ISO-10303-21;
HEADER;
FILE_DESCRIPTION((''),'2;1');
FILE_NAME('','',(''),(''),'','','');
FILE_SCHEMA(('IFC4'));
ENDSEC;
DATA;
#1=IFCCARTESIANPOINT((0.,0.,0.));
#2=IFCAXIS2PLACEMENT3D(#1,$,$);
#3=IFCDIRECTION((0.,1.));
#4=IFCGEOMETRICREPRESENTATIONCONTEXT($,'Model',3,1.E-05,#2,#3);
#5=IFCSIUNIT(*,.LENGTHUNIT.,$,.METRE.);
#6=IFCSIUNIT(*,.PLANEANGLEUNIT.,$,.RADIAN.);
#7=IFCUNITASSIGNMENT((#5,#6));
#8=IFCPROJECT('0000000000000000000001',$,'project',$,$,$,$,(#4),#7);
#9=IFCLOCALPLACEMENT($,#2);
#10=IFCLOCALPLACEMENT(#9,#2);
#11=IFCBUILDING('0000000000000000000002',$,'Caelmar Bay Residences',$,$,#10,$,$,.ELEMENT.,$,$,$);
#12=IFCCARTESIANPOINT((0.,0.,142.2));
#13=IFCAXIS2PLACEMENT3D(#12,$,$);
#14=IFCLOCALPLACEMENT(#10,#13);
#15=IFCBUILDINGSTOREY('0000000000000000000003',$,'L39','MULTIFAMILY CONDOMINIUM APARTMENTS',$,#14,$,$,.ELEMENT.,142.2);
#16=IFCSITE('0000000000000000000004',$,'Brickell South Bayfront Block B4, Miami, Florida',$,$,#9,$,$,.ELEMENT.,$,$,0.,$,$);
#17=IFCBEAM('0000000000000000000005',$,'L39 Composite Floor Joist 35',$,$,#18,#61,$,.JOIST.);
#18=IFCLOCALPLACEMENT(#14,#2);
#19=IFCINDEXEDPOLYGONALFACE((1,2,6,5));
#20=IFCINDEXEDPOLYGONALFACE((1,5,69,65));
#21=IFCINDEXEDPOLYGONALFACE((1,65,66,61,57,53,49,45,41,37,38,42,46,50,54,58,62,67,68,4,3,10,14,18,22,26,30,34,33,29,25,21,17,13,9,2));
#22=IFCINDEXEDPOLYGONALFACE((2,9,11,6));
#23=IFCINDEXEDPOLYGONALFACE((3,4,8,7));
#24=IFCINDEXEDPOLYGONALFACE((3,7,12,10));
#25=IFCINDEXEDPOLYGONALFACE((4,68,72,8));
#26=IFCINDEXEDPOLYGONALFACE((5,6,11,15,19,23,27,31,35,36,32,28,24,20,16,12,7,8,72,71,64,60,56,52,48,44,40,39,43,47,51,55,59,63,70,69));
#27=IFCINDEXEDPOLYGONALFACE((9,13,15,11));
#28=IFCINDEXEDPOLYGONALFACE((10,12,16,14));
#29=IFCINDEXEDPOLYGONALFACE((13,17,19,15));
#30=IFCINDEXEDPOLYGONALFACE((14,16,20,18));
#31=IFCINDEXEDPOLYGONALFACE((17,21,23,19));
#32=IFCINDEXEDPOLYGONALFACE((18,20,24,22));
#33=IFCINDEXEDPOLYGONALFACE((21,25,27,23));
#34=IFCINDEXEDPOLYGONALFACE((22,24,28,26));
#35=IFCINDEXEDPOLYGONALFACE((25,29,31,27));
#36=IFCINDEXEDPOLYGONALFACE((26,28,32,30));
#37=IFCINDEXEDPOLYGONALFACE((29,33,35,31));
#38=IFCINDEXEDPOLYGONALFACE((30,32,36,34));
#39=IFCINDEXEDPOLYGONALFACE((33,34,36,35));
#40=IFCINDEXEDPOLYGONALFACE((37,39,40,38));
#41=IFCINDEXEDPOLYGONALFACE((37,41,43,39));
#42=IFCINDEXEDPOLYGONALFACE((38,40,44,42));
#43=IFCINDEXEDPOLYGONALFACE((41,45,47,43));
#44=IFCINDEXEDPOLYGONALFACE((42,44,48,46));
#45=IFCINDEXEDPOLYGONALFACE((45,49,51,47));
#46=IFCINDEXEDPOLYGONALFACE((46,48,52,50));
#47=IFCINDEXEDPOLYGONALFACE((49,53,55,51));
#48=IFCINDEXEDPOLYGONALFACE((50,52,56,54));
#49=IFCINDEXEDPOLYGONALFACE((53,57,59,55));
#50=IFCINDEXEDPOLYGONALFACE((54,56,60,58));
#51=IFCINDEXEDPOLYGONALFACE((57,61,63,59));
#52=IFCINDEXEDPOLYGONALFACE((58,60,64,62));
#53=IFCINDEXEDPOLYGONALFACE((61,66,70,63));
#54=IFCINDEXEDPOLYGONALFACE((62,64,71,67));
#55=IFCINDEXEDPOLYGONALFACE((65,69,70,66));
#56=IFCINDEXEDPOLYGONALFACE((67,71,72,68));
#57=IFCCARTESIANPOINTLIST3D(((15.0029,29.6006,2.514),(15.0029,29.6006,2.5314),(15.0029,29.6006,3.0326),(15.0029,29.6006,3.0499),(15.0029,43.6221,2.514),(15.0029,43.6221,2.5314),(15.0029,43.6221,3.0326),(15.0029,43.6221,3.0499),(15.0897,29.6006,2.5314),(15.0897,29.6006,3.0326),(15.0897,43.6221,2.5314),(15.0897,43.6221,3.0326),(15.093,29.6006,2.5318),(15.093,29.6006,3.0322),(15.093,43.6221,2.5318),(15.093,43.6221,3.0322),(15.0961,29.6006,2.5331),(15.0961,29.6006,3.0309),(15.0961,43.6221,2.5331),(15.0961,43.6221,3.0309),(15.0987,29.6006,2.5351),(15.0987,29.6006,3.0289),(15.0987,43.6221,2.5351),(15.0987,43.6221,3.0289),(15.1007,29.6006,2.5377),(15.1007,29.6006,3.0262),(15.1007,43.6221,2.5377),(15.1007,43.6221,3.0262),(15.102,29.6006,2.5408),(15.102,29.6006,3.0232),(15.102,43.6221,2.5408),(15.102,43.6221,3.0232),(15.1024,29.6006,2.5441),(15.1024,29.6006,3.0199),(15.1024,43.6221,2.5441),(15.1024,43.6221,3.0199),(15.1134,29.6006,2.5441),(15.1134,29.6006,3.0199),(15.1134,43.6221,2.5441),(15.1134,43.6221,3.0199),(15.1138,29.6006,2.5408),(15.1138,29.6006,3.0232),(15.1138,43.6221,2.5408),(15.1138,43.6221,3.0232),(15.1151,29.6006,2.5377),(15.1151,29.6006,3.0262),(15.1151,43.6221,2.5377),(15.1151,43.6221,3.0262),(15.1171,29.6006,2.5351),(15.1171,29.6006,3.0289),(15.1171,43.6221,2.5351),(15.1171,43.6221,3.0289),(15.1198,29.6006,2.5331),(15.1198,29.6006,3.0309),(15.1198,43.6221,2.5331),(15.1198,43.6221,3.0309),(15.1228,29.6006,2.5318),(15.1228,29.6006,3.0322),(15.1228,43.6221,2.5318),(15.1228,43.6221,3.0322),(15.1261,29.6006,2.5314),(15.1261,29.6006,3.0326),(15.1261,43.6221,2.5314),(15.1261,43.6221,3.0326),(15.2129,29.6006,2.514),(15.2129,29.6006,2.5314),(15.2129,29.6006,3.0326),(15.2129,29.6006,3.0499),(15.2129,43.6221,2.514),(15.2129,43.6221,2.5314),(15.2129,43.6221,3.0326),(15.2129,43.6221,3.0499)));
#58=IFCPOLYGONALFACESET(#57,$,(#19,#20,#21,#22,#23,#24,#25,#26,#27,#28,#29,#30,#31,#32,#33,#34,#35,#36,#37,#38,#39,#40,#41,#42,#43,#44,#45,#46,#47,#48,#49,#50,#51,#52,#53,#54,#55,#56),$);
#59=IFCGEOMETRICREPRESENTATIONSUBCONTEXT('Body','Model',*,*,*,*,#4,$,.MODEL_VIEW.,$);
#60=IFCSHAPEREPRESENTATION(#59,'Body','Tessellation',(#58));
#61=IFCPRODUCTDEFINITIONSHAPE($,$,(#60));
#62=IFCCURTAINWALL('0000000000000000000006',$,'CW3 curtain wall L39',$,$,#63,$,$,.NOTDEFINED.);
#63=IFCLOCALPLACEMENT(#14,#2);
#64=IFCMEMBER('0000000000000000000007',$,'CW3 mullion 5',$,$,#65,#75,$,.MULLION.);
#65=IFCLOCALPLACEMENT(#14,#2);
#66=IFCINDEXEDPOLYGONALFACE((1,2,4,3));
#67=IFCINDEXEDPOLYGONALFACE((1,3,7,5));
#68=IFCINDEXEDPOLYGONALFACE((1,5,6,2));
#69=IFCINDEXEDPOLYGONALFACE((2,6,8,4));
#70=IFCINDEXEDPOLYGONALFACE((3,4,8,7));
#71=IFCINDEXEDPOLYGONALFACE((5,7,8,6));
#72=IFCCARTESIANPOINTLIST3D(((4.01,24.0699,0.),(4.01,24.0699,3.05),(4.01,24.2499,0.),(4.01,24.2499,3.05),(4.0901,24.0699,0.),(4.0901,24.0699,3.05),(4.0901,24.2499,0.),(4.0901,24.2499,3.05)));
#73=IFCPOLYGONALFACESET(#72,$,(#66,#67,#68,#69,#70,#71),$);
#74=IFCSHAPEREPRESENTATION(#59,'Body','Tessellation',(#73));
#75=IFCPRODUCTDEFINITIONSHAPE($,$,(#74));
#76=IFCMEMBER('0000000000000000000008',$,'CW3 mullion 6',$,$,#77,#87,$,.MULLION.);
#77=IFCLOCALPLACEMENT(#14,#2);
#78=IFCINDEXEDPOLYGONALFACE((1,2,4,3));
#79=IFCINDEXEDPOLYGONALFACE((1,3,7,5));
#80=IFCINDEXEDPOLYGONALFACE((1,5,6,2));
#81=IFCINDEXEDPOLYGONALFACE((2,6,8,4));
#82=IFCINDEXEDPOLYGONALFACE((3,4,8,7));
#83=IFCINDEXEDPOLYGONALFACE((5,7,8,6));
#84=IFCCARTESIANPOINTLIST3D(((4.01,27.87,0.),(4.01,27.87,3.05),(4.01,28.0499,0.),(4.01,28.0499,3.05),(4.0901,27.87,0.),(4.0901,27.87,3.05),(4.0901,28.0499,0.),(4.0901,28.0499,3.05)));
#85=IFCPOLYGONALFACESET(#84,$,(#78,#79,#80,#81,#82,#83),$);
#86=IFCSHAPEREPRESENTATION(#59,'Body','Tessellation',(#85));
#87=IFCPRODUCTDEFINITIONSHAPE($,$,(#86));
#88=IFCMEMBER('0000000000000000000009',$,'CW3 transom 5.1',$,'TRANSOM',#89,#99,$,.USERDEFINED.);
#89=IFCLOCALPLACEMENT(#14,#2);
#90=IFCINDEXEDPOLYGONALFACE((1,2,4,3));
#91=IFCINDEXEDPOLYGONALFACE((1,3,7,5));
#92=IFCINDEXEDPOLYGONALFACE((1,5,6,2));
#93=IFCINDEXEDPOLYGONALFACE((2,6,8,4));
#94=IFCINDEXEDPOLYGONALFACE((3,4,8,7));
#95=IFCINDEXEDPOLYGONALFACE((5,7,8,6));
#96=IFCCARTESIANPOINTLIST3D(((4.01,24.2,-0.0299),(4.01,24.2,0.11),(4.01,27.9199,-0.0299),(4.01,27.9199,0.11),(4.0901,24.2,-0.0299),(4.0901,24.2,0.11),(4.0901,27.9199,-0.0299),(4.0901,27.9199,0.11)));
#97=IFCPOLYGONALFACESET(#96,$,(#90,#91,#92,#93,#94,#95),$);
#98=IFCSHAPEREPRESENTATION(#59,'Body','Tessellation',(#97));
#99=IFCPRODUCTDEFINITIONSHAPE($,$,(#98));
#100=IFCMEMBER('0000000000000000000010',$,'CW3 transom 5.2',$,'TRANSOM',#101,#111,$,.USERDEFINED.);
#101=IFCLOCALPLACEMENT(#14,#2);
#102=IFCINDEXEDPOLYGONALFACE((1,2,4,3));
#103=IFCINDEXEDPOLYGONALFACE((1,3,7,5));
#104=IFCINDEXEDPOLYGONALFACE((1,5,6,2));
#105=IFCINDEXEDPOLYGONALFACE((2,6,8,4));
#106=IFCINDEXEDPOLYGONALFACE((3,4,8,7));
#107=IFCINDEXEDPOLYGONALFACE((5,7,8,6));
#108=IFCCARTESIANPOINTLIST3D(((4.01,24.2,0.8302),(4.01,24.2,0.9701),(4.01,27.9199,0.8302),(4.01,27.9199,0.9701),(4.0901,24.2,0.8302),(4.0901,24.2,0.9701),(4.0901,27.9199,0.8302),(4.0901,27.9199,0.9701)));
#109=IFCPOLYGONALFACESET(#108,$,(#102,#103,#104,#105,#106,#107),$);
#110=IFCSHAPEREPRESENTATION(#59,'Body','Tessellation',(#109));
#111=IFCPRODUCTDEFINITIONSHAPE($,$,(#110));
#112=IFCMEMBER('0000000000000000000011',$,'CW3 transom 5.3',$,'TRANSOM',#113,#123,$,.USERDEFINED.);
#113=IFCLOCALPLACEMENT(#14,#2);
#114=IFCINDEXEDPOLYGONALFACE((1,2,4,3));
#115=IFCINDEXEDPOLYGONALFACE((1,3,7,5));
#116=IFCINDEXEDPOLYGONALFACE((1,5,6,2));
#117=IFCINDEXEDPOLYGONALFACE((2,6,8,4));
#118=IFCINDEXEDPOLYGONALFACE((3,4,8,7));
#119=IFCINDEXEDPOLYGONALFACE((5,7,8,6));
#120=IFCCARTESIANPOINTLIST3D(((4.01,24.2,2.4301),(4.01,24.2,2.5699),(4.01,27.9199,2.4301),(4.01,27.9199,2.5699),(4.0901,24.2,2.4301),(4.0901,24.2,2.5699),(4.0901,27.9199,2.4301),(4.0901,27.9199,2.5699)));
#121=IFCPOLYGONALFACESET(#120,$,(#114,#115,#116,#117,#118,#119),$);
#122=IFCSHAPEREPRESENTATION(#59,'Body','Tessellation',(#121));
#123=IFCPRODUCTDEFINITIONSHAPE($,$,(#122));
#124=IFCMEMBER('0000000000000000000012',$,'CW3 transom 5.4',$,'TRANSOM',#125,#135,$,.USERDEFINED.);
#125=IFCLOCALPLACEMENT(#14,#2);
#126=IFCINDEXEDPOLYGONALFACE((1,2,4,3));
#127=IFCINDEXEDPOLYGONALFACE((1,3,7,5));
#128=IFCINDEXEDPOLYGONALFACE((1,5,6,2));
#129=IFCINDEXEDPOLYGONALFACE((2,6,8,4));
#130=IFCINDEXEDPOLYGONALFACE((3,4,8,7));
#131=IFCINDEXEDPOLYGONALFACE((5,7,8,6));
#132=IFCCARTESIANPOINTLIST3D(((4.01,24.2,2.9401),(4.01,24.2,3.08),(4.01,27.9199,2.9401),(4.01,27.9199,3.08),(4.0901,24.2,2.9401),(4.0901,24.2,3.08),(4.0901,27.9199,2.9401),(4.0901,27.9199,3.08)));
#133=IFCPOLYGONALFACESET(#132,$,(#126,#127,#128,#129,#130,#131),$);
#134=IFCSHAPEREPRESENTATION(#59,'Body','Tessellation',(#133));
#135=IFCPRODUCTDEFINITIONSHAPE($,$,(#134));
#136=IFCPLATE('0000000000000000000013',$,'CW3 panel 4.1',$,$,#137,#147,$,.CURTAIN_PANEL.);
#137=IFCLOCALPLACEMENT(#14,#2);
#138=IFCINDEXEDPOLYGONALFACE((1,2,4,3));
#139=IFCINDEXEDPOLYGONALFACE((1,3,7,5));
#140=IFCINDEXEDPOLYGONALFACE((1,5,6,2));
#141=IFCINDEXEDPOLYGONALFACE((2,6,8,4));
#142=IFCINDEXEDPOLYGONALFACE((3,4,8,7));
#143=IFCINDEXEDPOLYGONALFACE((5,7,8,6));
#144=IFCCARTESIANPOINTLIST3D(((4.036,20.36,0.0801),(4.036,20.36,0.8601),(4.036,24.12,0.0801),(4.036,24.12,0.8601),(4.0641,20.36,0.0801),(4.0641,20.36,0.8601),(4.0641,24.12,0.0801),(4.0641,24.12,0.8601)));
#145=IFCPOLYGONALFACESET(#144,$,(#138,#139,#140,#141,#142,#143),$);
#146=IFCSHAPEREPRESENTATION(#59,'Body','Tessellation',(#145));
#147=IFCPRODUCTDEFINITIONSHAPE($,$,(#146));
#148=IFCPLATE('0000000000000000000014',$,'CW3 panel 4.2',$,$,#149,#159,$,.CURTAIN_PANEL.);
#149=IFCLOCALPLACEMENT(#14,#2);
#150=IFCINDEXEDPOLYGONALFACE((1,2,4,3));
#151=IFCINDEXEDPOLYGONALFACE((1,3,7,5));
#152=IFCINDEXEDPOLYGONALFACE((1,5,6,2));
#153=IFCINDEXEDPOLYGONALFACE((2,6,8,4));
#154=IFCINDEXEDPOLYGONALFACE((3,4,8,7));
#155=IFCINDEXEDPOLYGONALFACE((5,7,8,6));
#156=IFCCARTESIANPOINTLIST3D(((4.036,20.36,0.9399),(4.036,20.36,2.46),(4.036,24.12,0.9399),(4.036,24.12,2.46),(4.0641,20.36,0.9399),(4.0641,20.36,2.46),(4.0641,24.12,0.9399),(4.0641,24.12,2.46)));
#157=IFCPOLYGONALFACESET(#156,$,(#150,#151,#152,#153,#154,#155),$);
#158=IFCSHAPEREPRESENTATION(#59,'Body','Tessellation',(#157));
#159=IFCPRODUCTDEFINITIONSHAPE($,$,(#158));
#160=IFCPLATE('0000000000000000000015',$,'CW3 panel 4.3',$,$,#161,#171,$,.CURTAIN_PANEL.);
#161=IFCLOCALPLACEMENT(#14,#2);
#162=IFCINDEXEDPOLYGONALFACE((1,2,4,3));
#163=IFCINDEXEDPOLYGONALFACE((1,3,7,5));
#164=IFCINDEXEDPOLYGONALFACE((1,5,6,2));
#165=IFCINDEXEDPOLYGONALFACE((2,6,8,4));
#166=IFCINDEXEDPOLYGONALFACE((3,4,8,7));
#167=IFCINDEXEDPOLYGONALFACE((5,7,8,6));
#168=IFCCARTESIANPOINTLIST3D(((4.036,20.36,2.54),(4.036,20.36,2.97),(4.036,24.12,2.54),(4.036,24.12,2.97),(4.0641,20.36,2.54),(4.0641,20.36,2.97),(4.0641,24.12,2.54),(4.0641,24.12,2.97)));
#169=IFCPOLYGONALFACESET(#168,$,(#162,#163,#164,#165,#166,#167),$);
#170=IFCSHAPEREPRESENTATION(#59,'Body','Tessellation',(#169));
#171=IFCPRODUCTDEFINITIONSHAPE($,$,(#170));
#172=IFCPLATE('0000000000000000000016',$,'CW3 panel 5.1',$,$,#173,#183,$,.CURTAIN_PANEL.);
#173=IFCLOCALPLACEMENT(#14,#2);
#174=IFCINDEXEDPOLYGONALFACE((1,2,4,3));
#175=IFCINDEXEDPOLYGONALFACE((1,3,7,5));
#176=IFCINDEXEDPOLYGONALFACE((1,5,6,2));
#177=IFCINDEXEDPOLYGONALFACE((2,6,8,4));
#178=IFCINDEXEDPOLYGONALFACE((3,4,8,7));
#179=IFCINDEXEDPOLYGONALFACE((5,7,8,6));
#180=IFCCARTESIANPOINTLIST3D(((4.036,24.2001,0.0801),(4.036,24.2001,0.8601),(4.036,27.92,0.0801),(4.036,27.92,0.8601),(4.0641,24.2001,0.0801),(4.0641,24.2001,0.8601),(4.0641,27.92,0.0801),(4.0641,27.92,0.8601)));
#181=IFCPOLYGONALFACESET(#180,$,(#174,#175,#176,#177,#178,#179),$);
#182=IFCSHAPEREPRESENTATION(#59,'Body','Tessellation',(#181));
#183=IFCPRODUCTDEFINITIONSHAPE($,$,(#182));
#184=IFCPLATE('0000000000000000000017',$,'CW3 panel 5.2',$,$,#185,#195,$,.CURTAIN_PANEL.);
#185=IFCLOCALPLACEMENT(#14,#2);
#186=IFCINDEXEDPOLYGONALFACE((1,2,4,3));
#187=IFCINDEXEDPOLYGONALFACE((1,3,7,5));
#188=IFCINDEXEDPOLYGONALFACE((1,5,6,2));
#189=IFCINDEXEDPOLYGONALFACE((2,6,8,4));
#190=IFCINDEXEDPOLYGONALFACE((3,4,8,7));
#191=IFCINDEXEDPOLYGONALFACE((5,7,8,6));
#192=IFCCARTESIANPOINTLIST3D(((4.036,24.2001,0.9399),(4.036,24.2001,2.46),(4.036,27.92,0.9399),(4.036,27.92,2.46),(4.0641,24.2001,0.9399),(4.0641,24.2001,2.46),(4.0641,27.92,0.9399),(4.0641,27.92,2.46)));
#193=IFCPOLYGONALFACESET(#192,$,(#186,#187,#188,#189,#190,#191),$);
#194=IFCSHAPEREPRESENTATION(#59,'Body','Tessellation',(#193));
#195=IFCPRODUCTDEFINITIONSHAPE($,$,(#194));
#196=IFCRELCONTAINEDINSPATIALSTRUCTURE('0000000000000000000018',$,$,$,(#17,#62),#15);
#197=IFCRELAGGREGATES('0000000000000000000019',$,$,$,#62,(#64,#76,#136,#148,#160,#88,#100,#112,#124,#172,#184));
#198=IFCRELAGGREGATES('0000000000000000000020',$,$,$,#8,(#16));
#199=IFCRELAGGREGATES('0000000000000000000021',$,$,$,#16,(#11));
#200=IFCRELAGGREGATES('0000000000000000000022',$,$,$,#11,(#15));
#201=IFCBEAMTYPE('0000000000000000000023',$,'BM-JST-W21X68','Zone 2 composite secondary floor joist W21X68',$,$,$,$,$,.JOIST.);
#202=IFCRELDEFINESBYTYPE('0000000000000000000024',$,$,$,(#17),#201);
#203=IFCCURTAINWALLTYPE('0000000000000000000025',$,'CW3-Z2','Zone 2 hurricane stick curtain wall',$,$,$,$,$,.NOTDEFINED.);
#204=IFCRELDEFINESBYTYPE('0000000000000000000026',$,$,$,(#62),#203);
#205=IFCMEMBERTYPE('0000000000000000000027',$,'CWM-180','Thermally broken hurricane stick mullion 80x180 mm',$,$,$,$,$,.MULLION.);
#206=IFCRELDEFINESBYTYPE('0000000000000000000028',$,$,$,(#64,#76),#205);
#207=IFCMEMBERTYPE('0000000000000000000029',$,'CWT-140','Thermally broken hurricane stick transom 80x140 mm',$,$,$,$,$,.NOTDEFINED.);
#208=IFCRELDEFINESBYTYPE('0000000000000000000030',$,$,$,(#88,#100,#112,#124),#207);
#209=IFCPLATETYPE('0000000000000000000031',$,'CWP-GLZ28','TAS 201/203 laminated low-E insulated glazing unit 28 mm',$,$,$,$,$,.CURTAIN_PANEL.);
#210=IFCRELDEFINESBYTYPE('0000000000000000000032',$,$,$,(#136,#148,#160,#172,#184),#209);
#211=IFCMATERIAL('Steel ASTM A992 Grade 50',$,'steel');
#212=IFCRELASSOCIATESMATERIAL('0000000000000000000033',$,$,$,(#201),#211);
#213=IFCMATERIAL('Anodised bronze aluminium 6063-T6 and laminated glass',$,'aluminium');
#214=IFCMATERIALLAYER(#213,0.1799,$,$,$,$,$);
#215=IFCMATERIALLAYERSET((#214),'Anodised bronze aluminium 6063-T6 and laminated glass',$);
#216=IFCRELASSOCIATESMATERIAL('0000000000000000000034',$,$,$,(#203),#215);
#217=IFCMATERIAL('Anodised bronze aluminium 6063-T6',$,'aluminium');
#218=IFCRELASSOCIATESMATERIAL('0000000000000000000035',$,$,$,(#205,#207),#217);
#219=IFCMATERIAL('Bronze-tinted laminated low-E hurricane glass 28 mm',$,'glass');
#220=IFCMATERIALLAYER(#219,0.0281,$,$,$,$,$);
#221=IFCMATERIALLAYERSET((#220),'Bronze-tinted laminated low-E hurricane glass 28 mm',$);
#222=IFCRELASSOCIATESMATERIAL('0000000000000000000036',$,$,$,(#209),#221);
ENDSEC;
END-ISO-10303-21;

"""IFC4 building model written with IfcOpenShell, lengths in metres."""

from ifc_helpers import new_model, si_unit, direction, frame, origin, origin_2d, place, context, subcontext, project, spatial, rectangle, i_section, extrude, material, layer, layer_set, material_profile, profile_set, type_object, element, aggregate, save


model = new_model("IFC4")

# Units and contexts
model_context = context("Model", 3, precision=1e-05, world=origin(), true_north=direction((0.0, 1.0)))
body_context = subcontext(model_context, "Body", "Model", "MODEL_VIEW")
ifc_project = project(units=[si_unit("LENGTHUNIT", "METRE"), si_unit("PLANEANGLEUNIT", "RADIAN")], contexts=[model_context])

# Site, building, storey
site_placement = place(None, origin())
site = spatial("IfcSite", under=ifc_project, at=site_placement, Name="Brickell South Bayfront Block B4, Miami, Florida", CompositionType="ELEMENT", RefElevation=0.0)
building_placement = place(site_placement, origin())
building = spatial("IfcBuilding", under=site, at=building_placement, Name="Caelmar Bay Residences", CompositionType="ELEMENT")
storey_placement = place(building_placement, frame((0.0, 0.0, 142.2)))
storey = spatial("IfcBuildingStorey", under=building, at=storey_placement, Name="L39", Description="MULTIFAMILY CONDOMINIUM APARTMENTS", CompositionType="ELEMENT", Elevation=142.2)

# Beam
ifc_material_1 = material(Name="Steel ASTM A992 Grade 50", Category="steel")
ifc_material_profile_1 = material_profile(ifc_material_1, i_section(OverallWidth=0.21, OverallDepth=0.5359, WebThickness=0.011, FlangeThickness=0.0173, FilletRadius=0.0127, at=origin_2d()), Name="W21X68")
ifc_profile_set_1 = profile_set([ifc_material_profile_1], Name="Steel ASTM A992 Grade 50")
beam_type_1 = type_object("IfcBeamType", Name="BM-JST-W21X68", Description="Zone 2 composite secondary floor joist W21X68", PredefinedType="JOIST", material=ifc_profile_set_1)
beam_1_placement = place(storey_placement, frame((15.1079, 29.6006, 2.782), z_axis=(0.0, 1.0, 0.0), x_axis=(-1.0, 0.0, 0.0)))
element("IfcBeam", 1, at=beam_1_placement, inside=storey, type_object=beam_type_1, Name="L39 Composite Floor Joist 35", PredefinedType="JOIST", context=body_context, shape_type="SweptSolid", body=[
    extrude(i_section(OverallWidth=0.21, OverallDepth=0.5359, WebThickness=0.011, FlangeThickness=0.0173, FilletRadius=0.0127, at=origin_2d()), origin(), (0.0, 0.0, 1.0), 14.0215),
])

# Curtain wall, members, plates
ifc_material_2 = material(Name="Anodised bronze aluminium 6063-T6 and laminated glass", Category="aluminium")
ifc_layer_1 = layer(ifc_material_2, 0.1799)
ifc_layer_set_1 = layer_set([ifc_layer_1], Name="Anodised bronze aluminium 6063-T6 and laminated glass")
curtain_wall_type = type_object("IfcCurtainWallType", Name="CW3-Z2", Description="Zone 2 hurricane stick curtain wall", PredefinedType="NOTDEFINED", material=ifc_layer_set_1)
curtain_wall_placement = place(storey_placement, origin())
curtain_wall = element("IfcCurtainWall", 2, at=curtain_wall_placement, inside=storey, type_object=curtain_wall_type, Name="CW3 curtain wall L39", PredefinedType="NOTDEFINED")
ifc_material_3 = material(Name="Anodised bronze aluminium 6063-T6", Category="aluminium")
ifc_material_profile_2 = material_profile(ifc_material_3, rectangle(XDim=0.0801, YDim=0.1799, at=origin_2d()), Name="CWM-80X180")
ifc_profile_set_2 = profile_set([ifc_material_profile_2], Name="Anodised bronze aluminium 6063-T6")
member_type_1 = type_object("IfcMemberType", Name="CWM-180", Description="Thermally broken hurricane stick mullion 80x180 mm", PredefinedType="MULLION", material=ifc_profile_set_2)
member_1_placement = place(storey_placement, frame((4.05, 24.1599, 0.0), z_axis=(0.0, 0.0, 1.0), x_axis=(-1.0, 0.0, 0.0)))
member_1 = element("IfcMember", 3, at=member_1_placement, type_object=member_type_1, Name="CW3 mullion 5", PredefinedType="MULLION", context=body_context, shape_type="SweptSolid", body=[
    extrude(rectangle(XDim=0.0801, YDim=0.1799, at=origin_2d()), origin(), (0.0, 0.0, 1.0), 3.05),
])
member_2_placement = place(storey_placement, frame((4.05, 27.96, 0.0), z_axis=(0.0, 0.0, 1.0), x_axis=(-1.0, 0.0, 0.0)))
member_2 = element("IfcMember", 4, at=member_2_placement, type_object=member_type_1, Name="CW3 mullion 6", PredefinedType="MULLION", context=body_context, shape_type="SweptSolid", body=[
    extrude(rectangle(XDim=0.0801, YDim=0.1799, at=origin_2d()), origin(), (0.0, 0.0, 1.0), 3.05),
])
ifc_material_profile_3 = material_profile(ifc_material_3, rectangle(XDim=0.0801, YDim=0.1399, at=origin_2d()), Name="CWT-80X140")
ifc_profile_set_3 = profile_set([ifc_material_profile_3], Name="Anodised bronze aluminium 6063-T6")
member_type_2 = type_object("IfcMemberType", Name="CWT-140", Description="Thermally broken hurricane stick transom 80x140 mm", PredefinedType="NOTDEFINED", material=ifc_profile_set_3)
member_3_placement = place(storey_placement, frame((4.05, 24.2, 0.04), z_axis=(0.0, 1.0, 0.0), x_axis=(-1.0, 0.0, 0.0)))
member_3 = element("IfcMember", 5, at=member_3_placement, type_object=member_type_2, Name="CW3 transom 5.1", ObjectType="TRANSOM", PredefinedType="USERDEFINED", context=body_context, shape_type="SweptSolid", body=[
    extrude(rectangle(XDim=0.0801, YDim=0.1399, at=origin_2d()), origin(), (0.0, 0.0, 1.0), 3.72),
])
member_4_placement = place(storey_placement, frame((4.05, 24.2, 0.9001), z_axis=(0.0, 1.0, 0.0), x_axis=(-1.0, 0.0, 0.0)))
member_4 = element("IfcMember", 6, at=member_4_placement, type_object=member_type_2, Name="CW3 transom 5.2", ObjectType="TRANSOM", PredefinedType="USERDEFINED", context=body_context, shape_type="SweptSolid", body=[
    extrude(rectangle(XDim=0.0801, YDim=0.1399, at=origin_2d()), origin(), (0.0, 0.0, 1.0), 3.72),
])
member_5_placement = place(storey_placement, frame((4.05, 24.2, 2.5), z_axis=(0.0, 1.0, 0.0), x_axis=(-1.0, 0.0, 0.0)))
member_5 = element("IfcMember", 7, at=member_5_placement, type_object=member_type_2, Name="CW3 transom 5.3", ObjectType="TRANSOM", PredefinedType="USERDEFINED", context=body_context, shape_type="SweptSolid", body=[
    extrude(rectangle(XDim=0.0801, YDim=0.1399, at=origin_2d()), origin(), (0.0, 0.0, 1.0), 3.72),
])
member_6_placement = place(storey_placement, frame((4.05, 24.2, 3.01), z_axis=(0.0, 1.0, 0.0), x_axis=(-1.0, 0.0, 0.0)))
member_6 = element("IfcMember", 8, at=member_6_placement, type_object=member_type_2, Name="CW3 transom 5.4", ObjectType="TRANSOM", PredefinedType="USERDEFINED", context=body_context, shape_type="SweptSolid", body=[
    extrude(rectangle(XDim=0.0801, YDim=0.1399, at=origin_2d()), origin(), (0.0, 0.0, 1.0), 3.72),
])
ifc_material_4 = material(Name="Bronze-tinted laminated low-E hurricane glass 28 mm", Category="glass")
ifc_layer_2 = layer(ifc_material_4, 0.0281)
ifc_layer_set_2 = layer_set([ifc_layer_2], Name="Bronze-tinted laminated low-E hurricane glass 28 mm")
plate_type = type_object("IfcPlateType", Name="CWP-GLZ28", Description="TAS 201/203 laminated low-E insulated glazing unit 28 mm", PredefinedType="CURTAIN_PANEL", material=ifc_layer_set_2)
plate_1_placement = place(storey_placement, frame((4.05, 22.24, 0.0801), z_axis=(0.0, 0.0, 1.0), x_axis=(0.0, 1.0, 0.0)))
plate_1 = element("IfcPlate", 9, at=plate_1_placement, type_object=plate_type, Name="CW3 panel 4.1", PredefinedType="CURTAIN_PANEL", context=body_context, shape_type="SweptSolid", body=[
    extrude(rectangle(XDim=3.76, YDim=0.0281, at=origin_2d()), origin(), (0.0, 0.0, 1.0), 0.78),
])
plate_2_placement = place(storey_placement, frame((4.05, 22.24, 0.9399), z_axis=(0.0, 0.0, 1.0), x_axis=(0.0, 1.0, 0.0)))
plate_2 = element("IfcPlate", 10, at=plate_2_placement, type_object=plate_type, Name="CW3 panel 4.2", PredefinedType="CURTAIN_PANEL", context=body_context, shape_type="SweptSolid", body=[
    extrude(rectangle(XDim=3.76, YDim=0.0281, at=origin_2d()), origin(), (0.0, 0.0, 1.0), 1.52),
])
plate_3_placement = place(storey_placement, frame((4.05, 22.24, 2.54), z_axis=(0.0, 0.0, 1.0), x_axis=(0.0, 1.0, 0.0)))
plate_3 = element("IfcPlate", 11, at=plate_3_placement, type_object=plate_type, Name="CW3 panel 4.3", PredefinedType="CURTAIN_PANEL", context=body_context, shape_type="SweptSolid", body=[
    extrude(rectangle(XDim=3.76, YDim=0.0281, at=origin_2d()), origin(), (0.0, 0.0, 1.0), 0.4299),
])
plate_4_placement = place(storey_placement, frame((4.05, 26.0601, 0.0801), z_axis=(0.0, 0.0, 1.0), x_axis=(0.0, 1.0, 0.0)))
plate_4 = element("IfcPlate", 12, at=plate_4_placement, type_object=plate_type, Name="CW3 panel 5.1", PredefinedType="CURTAIN_PANEL", context=body_context, shape_type="SweptSolid", body=[
    extrude(rectangle(XDim=3.72, YDim=0.0281, at=origin_2d()), origin(), (0.0, 0.0, 1.0), 0.78),
])
plate_5_placement = place(storey_placement, frame((4.05, 26.0601, 0.9399), z_axis=(0.0, 0.0, 1.0), x_axis=(0.0, 1.0, 0.0)))
plate_5 = element("IfcPlate", 13, at=plate_5_placement, type_object=plate_type, Name="CW3 panel 5.2", PredefinedType="CURTAIN_PANEL", context=body_context, shape_type="SweptSolid", body=[
    extrude(rectangle(XDim=3.72, YDim=0.0281, at=origin_2d()), origin(), (0.0, 0.0, 1.0), 1.52),
])
aggregate(curtain_wall, [member_1, member_2, plate_1, plate_2, plate_3, member_3, member_4, member_5, member_6, plate_4, plate_5])

save(model, "model.ifc")
